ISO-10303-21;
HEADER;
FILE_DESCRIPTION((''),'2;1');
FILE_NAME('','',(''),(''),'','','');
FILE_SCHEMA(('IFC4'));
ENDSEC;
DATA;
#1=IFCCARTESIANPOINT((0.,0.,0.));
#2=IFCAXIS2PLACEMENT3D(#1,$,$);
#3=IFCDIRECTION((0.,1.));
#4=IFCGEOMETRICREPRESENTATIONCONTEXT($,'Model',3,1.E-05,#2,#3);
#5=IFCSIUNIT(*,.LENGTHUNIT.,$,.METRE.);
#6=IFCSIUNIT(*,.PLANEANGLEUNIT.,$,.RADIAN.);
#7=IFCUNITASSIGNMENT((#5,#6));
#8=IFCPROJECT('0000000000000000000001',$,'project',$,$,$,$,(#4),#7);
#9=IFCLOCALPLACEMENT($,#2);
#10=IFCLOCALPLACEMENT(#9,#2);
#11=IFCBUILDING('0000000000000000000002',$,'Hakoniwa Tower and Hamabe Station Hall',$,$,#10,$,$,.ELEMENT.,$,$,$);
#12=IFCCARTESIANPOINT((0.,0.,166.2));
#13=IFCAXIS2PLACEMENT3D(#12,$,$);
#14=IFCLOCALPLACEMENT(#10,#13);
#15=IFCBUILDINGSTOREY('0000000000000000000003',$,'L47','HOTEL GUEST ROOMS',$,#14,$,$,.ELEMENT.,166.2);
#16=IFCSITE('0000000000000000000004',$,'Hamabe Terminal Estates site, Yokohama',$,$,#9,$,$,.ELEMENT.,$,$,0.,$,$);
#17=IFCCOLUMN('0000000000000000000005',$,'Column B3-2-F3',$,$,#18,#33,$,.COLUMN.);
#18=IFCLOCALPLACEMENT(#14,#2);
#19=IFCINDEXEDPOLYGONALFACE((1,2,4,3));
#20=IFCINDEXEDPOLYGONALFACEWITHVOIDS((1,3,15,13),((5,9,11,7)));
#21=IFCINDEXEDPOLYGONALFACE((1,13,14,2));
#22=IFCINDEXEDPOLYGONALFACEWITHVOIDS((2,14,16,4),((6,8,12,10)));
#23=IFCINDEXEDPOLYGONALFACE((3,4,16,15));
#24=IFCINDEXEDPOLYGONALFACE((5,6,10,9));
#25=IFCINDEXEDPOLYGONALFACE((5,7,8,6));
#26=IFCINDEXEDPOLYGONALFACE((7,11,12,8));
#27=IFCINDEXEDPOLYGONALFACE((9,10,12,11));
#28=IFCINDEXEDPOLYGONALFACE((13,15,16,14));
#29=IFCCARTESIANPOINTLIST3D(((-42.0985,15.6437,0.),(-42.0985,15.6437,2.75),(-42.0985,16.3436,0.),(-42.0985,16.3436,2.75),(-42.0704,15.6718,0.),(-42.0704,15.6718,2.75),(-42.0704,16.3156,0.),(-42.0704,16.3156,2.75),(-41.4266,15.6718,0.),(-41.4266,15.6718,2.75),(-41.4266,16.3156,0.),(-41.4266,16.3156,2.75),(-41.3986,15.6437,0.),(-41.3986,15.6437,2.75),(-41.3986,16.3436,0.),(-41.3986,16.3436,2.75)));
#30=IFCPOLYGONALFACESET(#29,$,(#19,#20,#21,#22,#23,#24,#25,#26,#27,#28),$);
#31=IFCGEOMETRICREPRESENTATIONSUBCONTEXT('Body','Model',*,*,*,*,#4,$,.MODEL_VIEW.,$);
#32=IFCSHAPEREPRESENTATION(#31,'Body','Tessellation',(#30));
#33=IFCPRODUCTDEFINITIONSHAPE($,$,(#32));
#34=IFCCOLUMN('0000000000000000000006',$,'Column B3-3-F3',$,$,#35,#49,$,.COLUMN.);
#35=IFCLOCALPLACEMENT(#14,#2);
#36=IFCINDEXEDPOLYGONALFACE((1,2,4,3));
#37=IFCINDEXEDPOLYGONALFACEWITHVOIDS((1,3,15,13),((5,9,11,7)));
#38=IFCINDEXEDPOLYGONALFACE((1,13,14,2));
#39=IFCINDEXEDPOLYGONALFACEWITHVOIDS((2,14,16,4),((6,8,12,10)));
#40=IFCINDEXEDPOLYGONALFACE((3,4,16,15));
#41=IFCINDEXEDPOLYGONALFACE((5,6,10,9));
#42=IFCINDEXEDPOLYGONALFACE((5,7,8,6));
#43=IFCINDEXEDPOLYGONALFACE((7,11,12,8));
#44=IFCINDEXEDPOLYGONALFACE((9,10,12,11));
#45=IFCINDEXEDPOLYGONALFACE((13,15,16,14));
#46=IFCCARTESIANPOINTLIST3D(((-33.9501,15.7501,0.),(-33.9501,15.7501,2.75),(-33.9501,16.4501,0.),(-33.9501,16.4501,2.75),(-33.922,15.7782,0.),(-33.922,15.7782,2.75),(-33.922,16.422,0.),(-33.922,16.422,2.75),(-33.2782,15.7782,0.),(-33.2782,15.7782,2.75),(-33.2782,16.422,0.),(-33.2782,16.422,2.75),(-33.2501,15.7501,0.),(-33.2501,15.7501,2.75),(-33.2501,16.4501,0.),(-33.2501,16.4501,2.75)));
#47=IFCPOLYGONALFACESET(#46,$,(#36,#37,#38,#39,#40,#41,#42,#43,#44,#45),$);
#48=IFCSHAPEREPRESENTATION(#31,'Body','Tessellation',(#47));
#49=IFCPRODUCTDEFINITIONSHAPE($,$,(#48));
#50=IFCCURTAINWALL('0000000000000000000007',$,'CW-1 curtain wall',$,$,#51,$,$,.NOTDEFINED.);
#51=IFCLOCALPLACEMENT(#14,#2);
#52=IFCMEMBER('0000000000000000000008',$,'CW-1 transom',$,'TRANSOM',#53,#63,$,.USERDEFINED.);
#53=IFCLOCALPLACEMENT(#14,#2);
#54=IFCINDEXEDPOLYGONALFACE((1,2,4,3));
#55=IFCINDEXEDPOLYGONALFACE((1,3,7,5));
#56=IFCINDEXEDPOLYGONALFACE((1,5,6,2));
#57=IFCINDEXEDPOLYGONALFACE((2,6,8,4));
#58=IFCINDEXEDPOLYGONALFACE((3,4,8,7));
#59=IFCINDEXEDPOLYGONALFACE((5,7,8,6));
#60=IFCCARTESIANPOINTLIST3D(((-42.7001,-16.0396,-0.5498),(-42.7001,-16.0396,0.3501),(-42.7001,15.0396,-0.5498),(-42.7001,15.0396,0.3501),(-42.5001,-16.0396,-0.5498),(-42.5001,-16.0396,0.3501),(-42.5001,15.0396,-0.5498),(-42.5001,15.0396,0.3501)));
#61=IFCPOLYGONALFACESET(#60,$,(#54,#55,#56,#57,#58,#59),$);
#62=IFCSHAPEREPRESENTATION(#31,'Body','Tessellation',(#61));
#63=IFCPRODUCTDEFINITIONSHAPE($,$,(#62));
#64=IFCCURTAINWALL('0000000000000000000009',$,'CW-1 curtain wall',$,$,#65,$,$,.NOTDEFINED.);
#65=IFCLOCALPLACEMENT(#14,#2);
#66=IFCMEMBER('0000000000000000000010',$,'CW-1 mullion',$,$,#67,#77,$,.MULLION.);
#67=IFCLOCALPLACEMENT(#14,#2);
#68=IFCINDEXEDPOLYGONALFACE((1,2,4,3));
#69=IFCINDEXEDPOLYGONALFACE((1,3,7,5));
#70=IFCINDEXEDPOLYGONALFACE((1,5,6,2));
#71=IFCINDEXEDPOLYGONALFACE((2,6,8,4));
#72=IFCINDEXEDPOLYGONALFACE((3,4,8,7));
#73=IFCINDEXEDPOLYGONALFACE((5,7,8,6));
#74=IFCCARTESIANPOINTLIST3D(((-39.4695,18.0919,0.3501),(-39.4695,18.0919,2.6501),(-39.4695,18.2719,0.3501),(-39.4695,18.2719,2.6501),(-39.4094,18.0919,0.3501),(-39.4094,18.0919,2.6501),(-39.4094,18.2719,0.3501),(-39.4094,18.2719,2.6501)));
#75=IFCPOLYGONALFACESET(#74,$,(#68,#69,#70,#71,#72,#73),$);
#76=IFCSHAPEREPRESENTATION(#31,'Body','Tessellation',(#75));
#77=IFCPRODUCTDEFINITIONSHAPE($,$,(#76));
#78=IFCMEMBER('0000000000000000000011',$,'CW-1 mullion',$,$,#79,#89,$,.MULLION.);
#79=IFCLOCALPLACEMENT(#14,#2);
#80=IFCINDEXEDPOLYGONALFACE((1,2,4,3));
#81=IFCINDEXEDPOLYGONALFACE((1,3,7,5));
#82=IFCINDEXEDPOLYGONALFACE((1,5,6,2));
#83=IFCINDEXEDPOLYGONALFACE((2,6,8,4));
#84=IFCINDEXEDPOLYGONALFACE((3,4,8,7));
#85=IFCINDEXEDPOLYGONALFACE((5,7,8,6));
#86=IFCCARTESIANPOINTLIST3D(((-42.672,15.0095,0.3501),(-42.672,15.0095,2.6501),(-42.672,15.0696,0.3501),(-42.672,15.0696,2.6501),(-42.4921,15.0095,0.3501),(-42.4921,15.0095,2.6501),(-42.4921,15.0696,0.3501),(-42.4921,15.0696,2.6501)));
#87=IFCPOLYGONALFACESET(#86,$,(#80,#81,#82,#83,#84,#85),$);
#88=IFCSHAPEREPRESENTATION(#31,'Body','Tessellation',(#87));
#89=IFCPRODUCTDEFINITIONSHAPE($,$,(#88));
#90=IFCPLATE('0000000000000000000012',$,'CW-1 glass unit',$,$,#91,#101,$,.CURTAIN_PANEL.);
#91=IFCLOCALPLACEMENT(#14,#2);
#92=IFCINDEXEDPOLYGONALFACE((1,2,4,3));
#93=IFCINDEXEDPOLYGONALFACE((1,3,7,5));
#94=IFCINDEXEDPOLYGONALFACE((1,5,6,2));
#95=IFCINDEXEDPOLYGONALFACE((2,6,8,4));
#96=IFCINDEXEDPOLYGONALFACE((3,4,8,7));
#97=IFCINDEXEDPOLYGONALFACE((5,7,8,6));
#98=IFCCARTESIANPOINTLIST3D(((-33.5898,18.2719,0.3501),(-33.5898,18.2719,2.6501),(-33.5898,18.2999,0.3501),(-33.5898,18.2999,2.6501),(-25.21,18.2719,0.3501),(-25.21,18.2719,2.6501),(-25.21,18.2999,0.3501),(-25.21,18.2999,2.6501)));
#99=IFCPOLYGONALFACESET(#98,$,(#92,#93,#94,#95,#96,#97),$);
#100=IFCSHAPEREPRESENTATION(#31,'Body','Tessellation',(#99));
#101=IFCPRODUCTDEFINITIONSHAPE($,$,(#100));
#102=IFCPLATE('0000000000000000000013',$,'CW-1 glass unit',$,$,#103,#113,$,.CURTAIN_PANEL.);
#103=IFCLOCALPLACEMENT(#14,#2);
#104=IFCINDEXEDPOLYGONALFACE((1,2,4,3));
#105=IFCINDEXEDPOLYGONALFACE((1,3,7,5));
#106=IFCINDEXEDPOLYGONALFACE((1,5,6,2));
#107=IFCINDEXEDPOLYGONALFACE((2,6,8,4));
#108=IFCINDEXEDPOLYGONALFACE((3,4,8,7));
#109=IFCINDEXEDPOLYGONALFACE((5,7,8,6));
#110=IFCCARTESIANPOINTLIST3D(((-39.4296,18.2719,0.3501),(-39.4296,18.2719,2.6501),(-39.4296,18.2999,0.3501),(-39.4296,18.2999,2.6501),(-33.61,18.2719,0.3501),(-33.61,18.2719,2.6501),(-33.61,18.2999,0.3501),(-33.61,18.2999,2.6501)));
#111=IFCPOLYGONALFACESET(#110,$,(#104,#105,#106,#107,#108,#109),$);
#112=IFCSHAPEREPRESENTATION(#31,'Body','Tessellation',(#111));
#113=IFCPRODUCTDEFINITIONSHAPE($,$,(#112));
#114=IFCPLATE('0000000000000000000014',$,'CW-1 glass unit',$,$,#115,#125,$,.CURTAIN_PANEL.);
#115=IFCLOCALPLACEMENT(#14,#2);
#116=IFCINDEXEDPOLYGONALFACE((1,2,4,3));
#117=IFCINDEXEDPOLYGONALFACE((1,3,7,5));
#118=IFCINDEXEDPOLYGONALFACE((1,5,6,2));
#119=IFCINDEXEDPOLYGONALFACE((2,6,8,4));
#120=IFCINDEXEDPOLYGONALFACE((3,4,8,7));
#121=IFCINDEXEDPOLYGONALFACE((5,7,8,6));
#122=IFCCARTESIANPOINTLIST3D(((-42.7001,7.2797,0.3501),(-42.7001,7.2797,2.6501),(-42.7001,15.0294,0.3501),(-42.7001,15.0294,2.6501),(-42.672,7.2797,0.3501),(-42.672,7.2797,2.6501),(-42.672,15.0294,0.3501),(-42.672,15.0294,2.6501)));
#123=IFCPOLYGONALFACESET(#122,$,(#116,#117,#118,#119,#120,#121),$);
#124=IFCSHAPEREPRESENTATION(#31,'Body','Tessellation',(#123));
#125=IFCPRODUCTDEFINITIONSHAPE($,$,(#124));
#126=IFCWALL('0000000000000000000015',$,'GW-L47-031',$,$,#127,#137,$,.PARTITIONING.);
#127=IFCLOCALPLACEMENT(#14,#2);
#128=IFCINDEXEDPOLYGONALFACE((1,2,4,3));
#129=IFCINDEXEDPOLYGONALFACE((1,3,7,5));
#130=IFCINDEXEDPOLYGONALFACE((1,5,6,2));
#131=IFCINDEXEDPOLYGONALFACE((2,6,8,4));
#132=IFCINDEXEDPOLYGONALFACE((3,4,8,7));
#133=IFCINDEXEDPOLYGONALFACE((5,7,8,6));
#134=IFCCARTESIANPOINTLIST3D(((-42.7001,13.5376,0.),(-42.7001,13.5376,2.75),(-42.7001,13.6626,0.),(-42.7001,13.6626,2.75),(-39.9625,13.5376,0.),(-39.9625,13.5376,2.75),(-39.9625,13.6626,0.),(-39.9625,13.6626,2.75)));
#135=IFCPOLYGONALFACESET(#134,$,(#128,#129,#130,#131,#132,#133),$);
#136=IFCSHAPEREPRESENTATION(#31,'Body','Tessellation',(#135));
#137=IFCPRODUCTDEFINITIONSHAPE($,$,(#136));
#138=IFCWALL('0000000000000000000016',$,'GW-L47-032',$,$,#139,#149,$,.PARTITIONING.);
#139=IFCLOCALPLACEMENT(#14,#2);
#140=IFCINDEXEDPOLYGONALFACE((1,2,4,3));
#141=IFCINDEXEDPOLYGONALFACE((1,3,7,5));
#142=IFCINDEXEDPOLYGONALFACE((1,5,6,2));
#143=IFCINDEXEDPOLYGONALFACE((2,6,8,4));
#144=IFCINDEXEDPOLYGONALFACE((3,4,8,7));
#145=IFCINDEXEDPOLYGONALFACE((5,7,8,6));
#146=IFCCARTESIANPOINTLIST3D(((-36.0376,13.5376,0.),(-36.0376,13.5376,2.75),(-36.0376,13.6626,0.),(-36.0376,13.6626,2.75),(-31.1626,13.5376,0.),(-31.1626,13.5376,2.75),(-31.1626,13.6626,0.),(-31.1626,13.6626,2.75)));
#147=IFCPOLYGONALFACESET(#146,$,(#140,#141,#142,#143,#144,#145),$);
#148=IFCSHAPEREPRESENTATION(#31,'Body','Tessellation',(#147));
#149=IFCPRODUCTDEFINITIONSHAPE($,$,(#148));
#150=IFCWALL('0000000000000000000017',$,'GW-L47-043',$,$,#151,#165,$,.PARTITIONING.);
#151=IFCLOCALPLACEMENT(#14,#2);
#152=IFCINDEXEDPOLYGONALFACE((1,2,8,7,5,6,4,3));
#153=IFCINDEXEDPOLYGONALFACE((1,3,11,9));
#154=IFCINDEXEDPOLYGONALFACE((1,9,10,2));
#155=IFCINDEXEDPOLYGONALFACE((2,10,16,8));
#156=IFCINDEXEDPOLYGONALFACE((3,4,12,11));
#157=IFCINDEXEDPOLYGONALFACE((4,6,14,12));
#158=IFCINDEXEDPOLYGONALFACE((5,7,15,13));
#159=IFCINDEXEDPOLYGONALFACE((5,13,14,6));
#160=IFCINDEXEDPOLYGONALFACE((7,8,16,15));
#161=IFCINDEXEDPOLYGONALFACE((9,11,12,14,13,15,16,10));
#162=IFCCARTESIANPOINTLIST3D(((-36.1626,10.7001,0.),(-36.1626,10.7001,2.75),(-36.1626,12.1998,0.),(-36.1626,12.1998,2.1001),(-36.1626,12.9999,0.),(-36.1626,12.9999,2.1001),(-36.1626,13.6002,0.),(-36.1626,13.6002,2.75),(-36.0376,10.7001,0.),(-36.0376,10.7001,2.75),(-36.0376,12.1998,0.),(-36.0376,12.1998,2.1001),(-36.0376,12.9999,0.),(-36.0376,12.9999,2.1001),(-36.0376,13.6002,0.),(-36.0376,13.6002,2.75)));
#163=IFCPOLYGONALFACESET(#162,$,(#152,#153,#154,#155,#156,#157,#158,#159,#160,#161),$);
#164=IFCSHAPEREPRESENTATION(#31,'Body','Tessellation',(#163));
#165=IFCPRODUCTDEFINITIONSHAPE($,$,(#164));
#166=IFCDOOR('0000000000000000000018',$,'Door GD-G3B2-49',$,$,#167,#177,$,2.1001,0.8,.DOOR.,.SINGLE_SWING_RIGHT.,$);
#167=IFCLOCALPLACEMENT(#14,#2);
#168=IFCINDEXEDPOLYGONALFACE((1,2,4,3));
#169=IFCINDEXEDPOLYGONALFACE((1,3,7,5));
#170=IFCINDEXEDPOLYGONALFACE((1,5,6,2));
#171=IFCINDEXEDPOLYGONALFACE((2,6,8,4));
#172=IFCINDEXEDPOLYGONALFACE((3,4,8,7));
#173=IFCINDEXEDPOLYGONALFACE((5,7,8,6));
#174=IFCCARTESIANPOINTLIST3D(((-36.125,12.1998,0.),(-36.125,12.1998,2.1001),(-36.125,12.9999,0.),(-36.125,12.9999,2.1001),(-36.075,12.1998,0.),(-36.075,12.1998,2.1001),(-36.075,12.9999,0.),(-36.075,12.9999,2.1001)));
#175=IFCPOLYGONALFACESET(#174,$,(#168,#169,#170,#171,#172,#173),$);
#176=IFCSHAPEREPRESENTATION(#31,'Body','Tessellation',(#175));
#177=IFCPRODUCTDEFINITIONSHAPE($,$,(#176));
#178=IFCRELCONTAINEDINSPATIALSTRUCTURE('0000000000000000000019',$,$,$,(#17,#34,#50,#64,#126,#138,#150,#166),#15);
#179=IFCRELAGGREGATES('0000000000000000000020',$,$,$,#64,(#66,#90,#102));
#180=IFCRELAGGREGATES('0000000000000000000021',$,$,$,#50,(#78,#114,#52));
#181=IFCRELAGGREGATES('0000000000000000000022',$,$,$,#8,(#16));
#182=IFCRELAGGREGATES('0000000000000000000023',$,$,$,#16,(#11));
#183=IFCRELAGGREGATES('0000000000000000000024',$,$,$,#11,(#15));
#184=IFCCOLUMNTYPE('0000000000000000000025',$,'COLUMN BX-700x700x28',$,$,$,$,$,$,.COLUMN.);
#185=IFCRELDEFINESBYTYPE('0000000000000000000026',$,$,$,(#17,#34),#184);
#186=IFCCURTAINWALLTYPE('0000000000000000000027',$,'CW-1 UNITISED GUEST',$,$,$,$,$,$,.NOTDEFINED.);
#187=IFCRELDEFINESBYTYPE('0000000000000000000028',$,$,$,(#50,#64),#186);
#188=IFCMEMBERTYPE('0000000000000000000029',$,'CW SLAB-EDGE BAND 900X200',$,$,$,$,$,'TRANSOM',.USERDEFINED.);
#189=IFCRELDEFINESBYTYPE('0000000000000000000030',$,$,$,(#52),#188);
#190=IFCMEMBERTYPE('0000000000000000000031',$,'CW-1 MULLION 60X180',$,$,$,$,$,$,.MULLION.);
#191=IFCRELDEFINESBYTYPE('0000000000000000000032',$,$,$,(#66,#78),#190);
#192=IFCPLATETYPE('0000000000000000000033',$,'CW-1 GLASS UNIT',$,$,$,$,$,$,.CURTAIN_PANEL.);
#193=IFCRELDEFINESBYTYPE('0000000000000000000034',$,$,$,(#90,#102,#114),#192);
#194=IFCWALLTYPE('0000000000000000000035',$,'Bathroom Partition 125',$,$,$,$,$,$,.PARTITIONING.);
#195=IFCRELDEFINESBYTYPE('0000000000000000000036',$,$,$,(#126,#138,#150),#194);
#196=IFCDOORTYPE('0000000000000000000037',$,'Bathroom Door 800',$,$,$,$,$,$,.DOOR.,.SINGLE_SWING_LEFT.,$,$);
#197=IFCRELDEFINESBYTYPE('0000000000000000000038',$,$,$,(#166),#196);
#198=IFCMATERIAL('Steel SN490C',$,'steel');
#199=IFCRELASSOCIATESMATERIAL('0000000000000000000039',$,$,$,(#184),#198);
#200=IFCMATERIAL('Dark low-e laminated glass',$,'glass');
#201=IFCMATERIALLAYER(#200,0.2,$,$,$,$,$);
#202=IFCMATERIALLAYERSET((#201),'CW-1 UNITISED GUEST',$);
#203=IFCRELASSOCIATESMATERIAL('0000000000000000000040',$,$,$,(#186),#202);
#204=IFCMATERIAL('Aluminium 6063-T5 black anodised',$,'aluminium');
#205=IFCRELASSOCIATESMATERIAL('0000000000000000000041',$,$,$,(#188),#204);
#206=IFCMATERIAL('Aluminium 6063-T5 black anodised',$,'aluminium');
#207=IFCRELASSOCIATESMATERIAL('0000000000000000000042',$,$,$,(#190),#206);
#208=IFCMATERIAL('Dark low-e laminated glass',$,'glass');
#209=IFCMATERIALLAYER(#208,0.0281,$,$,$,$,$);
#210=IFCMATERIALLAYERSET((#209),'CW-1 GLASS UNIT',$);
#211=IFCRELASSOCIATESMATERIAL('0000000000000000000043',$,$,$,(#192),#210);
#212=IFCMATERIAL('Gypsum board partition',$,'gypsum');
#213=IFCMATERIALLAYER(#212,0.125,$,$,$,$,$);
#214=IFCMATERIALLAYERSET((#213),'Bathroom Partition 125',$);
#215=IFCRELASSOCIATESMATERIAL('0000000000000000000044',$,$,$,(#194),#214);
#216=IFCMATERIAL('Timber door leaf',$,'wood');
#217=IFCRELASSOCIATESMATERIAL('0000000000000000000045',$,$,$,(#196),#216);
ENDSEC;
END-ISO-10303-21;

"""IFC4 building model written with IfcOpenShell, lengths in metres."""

from ifc_helpers import new_model, si_unit, direction, frame, frame_2d, origin, origin_2d, place, context, subcontext, project, spatial, rectangle, hollow_rectangle, extrude, material, layer, layer_set, material_profile, profile_set, type_object, element, fill, aggregate, save


model = new_model("IFC4")

# Units and contexts
model_context = context("Model", 3, precision=1e-05, world=origin(), true_north=direction((0.0, 1.0)))
body_context = subcontext(model_context, "Body", "Model", "MODEL_VIEW")
ifc_project = project(units=[si_unit("LENGTHUNIT", "METRE"), si_unit("PLANEANGLEUNIT", "RADIAN")], contexts=[model_context])

# Site, building, storey
site_placement = place(None, origin())
site = spatial("IfcSite", under=ifc_project, at=site_placement, Name="Hamabe Terminal Estates site, Yokohama", CompositionType="ELEMENT", RefElevation=0.0)
building_placement = place(site_placement, origin())
building = spatial("IfcBuilding", under=site, at=building_placement, Name="Hakoniwa Tower and Hamabe Station Hall", CompositionType="ELEMENT")
storey_placement = place(building_placement, frame((0.0, 0.0, 166.2)))
storey = spatial("IfcBuildingStorey", under=building, at=storey_placement, Name="L47", Description="HOTEL GUEST ROOMS", CompositionType="ELEMENT", Elevation=166.2)

# Columns
ifc_material_1 = material(Name="Steel SN490C", Category="steel")
ifc_material_profile_1 = material_profile(ifc_material_1, hollow_rectangle(XDim=0.7, YDim=0.7, WallThickness=0.0281, at=origin_2d()), Name="BX-700x700x28")
ifc_profile_set_1 = profile_set([ifc_material_profile_1], Name="Steel SN490C")
column_type = type_object("IfcColumnType", Name="COLUMN BX-700x700x28", PredefinedType="COLUMN", material=ifc_profile_set_1)
for number, where, z_axis, x_axis, name in (
    (1, (-41.7485, 15.9937, 0.0), (0.0, 0.0, 1.0), (1.0, 0.0, 0.0), "Column B3-2-F3"),
    (2, (-33.6001, 16.1001, 0.0), (0.0, 0.0, 1.0), (1.0, 0.0, 0.0), "Column B3-3-F3"),
):
    element("IfcColumn", number, at=place(storey_placement, frame(where, z_axis=z_axis, x_axis=x_axis)), inside=storey, type_object=column_type, Name=name, PredefinedType="COLUMN", context=body_context, shape_type="SweptSolid", body=[
        extrude(hollow_rectangle(XDim=0.7, YDim=0.7, WallThickness=0.0281, at=origin_2d()), origin(), (0.0, 0.0, 1.0), 2.75),
    ])

# Curtain walls, members
ifc_material_2 = material(Name="Dark low-e laminated glass", Category="glass")
ifc_layer_1 = layer(ifc_material_2, 0.2)
ifc_layer_set_1 = layer_set([ifc_layer_1], Name="CW-1 UNITISED GUEST")
curtain_wall_type = type_object("IfcCurtainWallType", Name="CW-1 UNITISED GUEST", PredefinedType="NOTDEFINED", material=ifc_layer_set_1)
curtain_wall_1_placement = place(storey_placement, origin())
curtain_wall_1 = element("IfcCurtainWall", 3, at=curtain_wall_1_placement, inside=storey, type_object=curtain_wall_type, Name="CW-1 curtain wall", PredefinedType="NOTDEFINED")
ifc_material_3 = material(Name="Aluminium 6063-T5 black anodised", Category="aluminium")
ifc_material_profile_2 = material_profile(ifc_material_3, rectangle(XDim=0.2, YDim=0.8999, at=origin_2d()), Name="CW SLAB-EDGE BAND 900X200")
ifc_profile_set_2 = profile_set([ifc_material_profile_2], Name="Aluminium 6063-T5 black anodised")
member_type_1 = type_object("IfcMemberType", Name="CW SLAB-EDGE BAND 900X200", ElementType="TRANSOM", PredefinedType="USERDEFINED", material=ifc_profile_set_2)
member_1_placement = place(storey_placement, frame((-42.6001, 15.0396, -0.0999), z_axis=(0.0, -1.0, 0.0), x_axis=(1.0, 0.0, 0.0)))
member_1 = element("IfcMember", 4, at=member_1_placement, type_object=member_type_1, Name="CW-1 transom", ObjectType="TRANSOM", PredefinedType="USERDEFINED", context=body_context, shape_type="SweptSolid", body=[
    extrude(rectangle(XDim=0.2, YDim=0.8999, at=origin_2d()), origin(), (0.0, 0.0, 1.0), 31.0791),
])
curtain_wall_2_placement = place(storey_placement, origin())
curtain_wall_2 = element("IfcCurtainWall", 5, at=curtain_wall_2_placement, inside=storey, type_object=curtain_wall_type, Name="CW-1 curtain wall", PredefinedType="NOTDEFINED")
ifc_material_4 = material(Name="Aluminium 6063-T5 black anodised", Category="aluminium")
ifc_material_profile_3 = material_profile(ifc_material_4, rectangle(XDim=0.0601, YDim=0.1799, at=origin_2d()), Name="CW-1 MULLION 60X180")
ifc_profile_set_3 = profile_set([ifc_material_profile_3], Name="Aluminium 6063-T5 black anodised")
member_type_2 = type_object("IfcMemberType", Name="CW-1 MULLION 60X180", PredefinedType="MULLION", material=ifc_profile_set_3)
member_2_placement = place(storey_placement, frame((-39.4395, 18.1819, 0.3501), z_axis=(0.0, 0.0, 1.0), x_axis=(-1.0, 0.0, 0.0)))
member_2 = element("IfcMember", 6, at=member_2_placement, type_object=member_type_2, Name="CW-1 mullion", PredefinedType="MULLION", context=body_context, shape_type="SweptSolid", body=[
    extrude(rectangle(XDim=0.0601, YDim=0.1799, at=origin_2d()), origin(), (0.0, 0.0, 1.0), 2.3),
])

# Member
member_3_placement = place(storey_placement, frame((-42.582, 15.0396, 0.3501), z_axis=(0.0, 0.0, 1.0), x_axis=(0.0, -1.0, 0.0)))
member_3 = element("IfcMember", 7, at=member_3_placement, type_object=member_type_2, Name="CW-1 mullion", PredefinedType="MULLION", context=body_context, shape_type="SweptSolid", body=[
    extrude(rectangle(XDim=0.0601, YDim=0.1799, at=origin_2d()), origin(), (0.0, 0.0, 1.0), 2.3),
])

# Plates
ifc_material_5 = material(Name="Dark low-e laminated glass", Category="glass")
ifc_layer_2 = layer(ifc_material_5, 0.0281)
ifc_layer_set_2 = layer_set([ifc_layer_2], Name="CW-1 GLASS UNIT")
plate_type = type_object("IfcPlateType", Name="CW-1 GLASS UNIT", PredefinedType="CURTAIN_PANEL", material=ifc_layer_set_2)
plate_1_placement = place(storey_placement, frame((-29.3999, 18.2859, 0.3501), z_axis=(0.0, 0.0, 1.0), x_axis=(-1.0, 0.0, 0.0)))
plate_1 = element("IfcPlate", 8, at=plate_1_placement, type_object=plate_type, Name="CW-1 glass unit", PredefinedType="CURTAIN_PANEL", context=body_context, shape_type="SweptSolid", body=[
    extrude(rectangle(XDim=8.3799, YDim=0.0281, at=origin_2d()), origin(), (0.0, 0.0, 1.0), 2.3),
])
plate_2_placement = place(storey_placement, frame((-36.5198, 18.2859, 0.3501), z_axis=(0.0, 0.0, 1.0), x_axis=(-1.0, 0.0, 0.0)))
plate_2 = element("IfcPlate", 9, at=plate_2_placement, type_object=plate_type, Name="CW-1 glass unit", PredefinedType="CURTAIN_PANEL", context=body_context, shape_type="SweptSolid", body=[
    extrude(rectangle(XDim=5.8196, YDim=0.0281, at=origin_2d()), origin(), (0.0, 0.0, 1.0), 2.3),
])
aggregate(curtain_wall_2, [member_2, plate_1, plate_2])
plate_3_placement = place(storey_placement, frame((-42.686, 11.1545, 0.3501), z_axis=(0.0, 0.0, 1.0), x_axis=(0.0, -1.0, 0.0)))
plate_3 = element("IfcPlate", 10, at=plate_3_placement, type_object=plate_type, Name="CW-1 glass unit", PredefinedType="CURTAIN_PANEL", context=body_context, shape_type="SweptSolid", body=[
    extrude(rectangle(XDim=7.7498, YDim=0.0281, at=origin_2d()), origin(), (0.0, 0.0, 1.0), 2.3),
])
aggregate(curtain_wall_1, [member_3, plate_3, member_1])

# Walls
ifc_material_6 = material(Name="Gypsum board partition", Category="gypsum")
ifc_layer_3 = layer(ifc_material_6, 0.125)
ifc_layer_set_3 = layer_set([ifc_layer_3], Name="Bathroom Partition 125")
wall_type_1 = type_object("IfcWallType", Name="Bathroom Partition 125", PredefinedType="PARTITIONING", material=ifc_layer_set_3)
wall_1_placement = place(storey_placement, frame((-42.7, 13.6001, 0.0), z_axis=(0.0, 0.0, 1.0), x_axis=(1.0, 0.0, 0.0)))
element("IfcWall", 11, at=wall_1_placement, inside=storey, type_object=wall_type_1, Name="GW-L47-031", PredefinedType="PARTITIONING", context=body_context, shape_type="SweptSolid", body=[
    extrude(rectangle(XDim=2.7375, YDim=0.125, at=frame_2d((1.3687, 0.0))), origin(), (0.0, 0.0, 1.0), 2.75),
])
wall_2_placement = place(storey_placement, frame((-36.0376, 13.6001, 0.0), z_axis=(0.0, 0.0, 1.0), x_axis=(1.0, 0.0, 0.0)))
element("IfcWall", 12, at=wall_2_placement, inside=storey, type_object=wall_type_1, Name="GW-L47-032", PredefinedType="PARTITIONING", context=body_context, shape_type="SweptSolid", body=[
    extrude(rectangle(XDim=4.875, YDim=0.125, at=frame_2d((2.4375, 0.0))), origin(), (0.0, 0.0, 1.0), 2.75),
])

# Wall, opening, door
wall_3_placement = place(storey_placement, frame((-36.1001, 10.7, 0.0), z_axis=(0.0, 0.0, 1.0), x_axis=(0.0, 1.0, 0.0)))
wall_3 = element("IfcWall", 13, at=wall_3_placement, inside=storey, type_object=wall_type_1, Name="GW-L47-043", PredefinedType="PARTITIONING", context=body_context, shape_type="SweptSolid", body=[
    extrude(rectangle(XDim=2.9001, YDim=0.125, at=frame_2d((1.4502, 0.0))), origin(), (0.0, 0.0, 1.0), 2.75),
])
opening_1_placement = place(wall_3_placement, frame((1.5, 0.0, 0.0)))
opening_1 = element("IfcOpeningElement", 14, at=opening_1_placement, cuts=wall_3, PredefinedType="OPENING", context=body_context, shape_type="SweptSolid", body=[
    extrude(rectangle(XDim=0.8, YDim=2.1001, at=frame_2d((0.3999, 1.05))), frame((0.0, 0.0725, 0.0), z_axis=(0.0, -1.0, 0.0), x_axis=(1.0, 0.0, 0.0)), (0.0, 0.0, 1.0), 0.145),
])
ifc_material_7 = material(Name="Timber door leaf", Category="wood")
door_type = type_object("IfcDoorType", Name="Bathroom Door 800", OperationType="SINGLE_SWING_LEFT", PredefinedType="DOOR", material=ifc_material_7)
door_1_placement = place(opening_1_placement, origin())
door_1 = element("IfcDoor", 15, at=door_1_placement, inside=storey, type_object=door_type, Name="Door GD-G3B2-49", OperationType="SINGLE_SWING_RIGHT", OverallHeight=2.1001, OverallWidth=0.8, PredefinedType="DOOR", context=body_context, shape_type="SweptSolid", body=[
    extrude(rectangle(XDim=0.8, YDim=2.1001, at=frame_2d((0.3999, 1.05))), frame((0.0, 0.0249, 0.0), z_axis=(0.0, -1.0, 0.0), x_axis=(1.0, 0.0, 0.0)), (0.0, 0.0, 1.0), 0.05),
])
fill(opening_1, door_1)

save(model, "model.ifc")
